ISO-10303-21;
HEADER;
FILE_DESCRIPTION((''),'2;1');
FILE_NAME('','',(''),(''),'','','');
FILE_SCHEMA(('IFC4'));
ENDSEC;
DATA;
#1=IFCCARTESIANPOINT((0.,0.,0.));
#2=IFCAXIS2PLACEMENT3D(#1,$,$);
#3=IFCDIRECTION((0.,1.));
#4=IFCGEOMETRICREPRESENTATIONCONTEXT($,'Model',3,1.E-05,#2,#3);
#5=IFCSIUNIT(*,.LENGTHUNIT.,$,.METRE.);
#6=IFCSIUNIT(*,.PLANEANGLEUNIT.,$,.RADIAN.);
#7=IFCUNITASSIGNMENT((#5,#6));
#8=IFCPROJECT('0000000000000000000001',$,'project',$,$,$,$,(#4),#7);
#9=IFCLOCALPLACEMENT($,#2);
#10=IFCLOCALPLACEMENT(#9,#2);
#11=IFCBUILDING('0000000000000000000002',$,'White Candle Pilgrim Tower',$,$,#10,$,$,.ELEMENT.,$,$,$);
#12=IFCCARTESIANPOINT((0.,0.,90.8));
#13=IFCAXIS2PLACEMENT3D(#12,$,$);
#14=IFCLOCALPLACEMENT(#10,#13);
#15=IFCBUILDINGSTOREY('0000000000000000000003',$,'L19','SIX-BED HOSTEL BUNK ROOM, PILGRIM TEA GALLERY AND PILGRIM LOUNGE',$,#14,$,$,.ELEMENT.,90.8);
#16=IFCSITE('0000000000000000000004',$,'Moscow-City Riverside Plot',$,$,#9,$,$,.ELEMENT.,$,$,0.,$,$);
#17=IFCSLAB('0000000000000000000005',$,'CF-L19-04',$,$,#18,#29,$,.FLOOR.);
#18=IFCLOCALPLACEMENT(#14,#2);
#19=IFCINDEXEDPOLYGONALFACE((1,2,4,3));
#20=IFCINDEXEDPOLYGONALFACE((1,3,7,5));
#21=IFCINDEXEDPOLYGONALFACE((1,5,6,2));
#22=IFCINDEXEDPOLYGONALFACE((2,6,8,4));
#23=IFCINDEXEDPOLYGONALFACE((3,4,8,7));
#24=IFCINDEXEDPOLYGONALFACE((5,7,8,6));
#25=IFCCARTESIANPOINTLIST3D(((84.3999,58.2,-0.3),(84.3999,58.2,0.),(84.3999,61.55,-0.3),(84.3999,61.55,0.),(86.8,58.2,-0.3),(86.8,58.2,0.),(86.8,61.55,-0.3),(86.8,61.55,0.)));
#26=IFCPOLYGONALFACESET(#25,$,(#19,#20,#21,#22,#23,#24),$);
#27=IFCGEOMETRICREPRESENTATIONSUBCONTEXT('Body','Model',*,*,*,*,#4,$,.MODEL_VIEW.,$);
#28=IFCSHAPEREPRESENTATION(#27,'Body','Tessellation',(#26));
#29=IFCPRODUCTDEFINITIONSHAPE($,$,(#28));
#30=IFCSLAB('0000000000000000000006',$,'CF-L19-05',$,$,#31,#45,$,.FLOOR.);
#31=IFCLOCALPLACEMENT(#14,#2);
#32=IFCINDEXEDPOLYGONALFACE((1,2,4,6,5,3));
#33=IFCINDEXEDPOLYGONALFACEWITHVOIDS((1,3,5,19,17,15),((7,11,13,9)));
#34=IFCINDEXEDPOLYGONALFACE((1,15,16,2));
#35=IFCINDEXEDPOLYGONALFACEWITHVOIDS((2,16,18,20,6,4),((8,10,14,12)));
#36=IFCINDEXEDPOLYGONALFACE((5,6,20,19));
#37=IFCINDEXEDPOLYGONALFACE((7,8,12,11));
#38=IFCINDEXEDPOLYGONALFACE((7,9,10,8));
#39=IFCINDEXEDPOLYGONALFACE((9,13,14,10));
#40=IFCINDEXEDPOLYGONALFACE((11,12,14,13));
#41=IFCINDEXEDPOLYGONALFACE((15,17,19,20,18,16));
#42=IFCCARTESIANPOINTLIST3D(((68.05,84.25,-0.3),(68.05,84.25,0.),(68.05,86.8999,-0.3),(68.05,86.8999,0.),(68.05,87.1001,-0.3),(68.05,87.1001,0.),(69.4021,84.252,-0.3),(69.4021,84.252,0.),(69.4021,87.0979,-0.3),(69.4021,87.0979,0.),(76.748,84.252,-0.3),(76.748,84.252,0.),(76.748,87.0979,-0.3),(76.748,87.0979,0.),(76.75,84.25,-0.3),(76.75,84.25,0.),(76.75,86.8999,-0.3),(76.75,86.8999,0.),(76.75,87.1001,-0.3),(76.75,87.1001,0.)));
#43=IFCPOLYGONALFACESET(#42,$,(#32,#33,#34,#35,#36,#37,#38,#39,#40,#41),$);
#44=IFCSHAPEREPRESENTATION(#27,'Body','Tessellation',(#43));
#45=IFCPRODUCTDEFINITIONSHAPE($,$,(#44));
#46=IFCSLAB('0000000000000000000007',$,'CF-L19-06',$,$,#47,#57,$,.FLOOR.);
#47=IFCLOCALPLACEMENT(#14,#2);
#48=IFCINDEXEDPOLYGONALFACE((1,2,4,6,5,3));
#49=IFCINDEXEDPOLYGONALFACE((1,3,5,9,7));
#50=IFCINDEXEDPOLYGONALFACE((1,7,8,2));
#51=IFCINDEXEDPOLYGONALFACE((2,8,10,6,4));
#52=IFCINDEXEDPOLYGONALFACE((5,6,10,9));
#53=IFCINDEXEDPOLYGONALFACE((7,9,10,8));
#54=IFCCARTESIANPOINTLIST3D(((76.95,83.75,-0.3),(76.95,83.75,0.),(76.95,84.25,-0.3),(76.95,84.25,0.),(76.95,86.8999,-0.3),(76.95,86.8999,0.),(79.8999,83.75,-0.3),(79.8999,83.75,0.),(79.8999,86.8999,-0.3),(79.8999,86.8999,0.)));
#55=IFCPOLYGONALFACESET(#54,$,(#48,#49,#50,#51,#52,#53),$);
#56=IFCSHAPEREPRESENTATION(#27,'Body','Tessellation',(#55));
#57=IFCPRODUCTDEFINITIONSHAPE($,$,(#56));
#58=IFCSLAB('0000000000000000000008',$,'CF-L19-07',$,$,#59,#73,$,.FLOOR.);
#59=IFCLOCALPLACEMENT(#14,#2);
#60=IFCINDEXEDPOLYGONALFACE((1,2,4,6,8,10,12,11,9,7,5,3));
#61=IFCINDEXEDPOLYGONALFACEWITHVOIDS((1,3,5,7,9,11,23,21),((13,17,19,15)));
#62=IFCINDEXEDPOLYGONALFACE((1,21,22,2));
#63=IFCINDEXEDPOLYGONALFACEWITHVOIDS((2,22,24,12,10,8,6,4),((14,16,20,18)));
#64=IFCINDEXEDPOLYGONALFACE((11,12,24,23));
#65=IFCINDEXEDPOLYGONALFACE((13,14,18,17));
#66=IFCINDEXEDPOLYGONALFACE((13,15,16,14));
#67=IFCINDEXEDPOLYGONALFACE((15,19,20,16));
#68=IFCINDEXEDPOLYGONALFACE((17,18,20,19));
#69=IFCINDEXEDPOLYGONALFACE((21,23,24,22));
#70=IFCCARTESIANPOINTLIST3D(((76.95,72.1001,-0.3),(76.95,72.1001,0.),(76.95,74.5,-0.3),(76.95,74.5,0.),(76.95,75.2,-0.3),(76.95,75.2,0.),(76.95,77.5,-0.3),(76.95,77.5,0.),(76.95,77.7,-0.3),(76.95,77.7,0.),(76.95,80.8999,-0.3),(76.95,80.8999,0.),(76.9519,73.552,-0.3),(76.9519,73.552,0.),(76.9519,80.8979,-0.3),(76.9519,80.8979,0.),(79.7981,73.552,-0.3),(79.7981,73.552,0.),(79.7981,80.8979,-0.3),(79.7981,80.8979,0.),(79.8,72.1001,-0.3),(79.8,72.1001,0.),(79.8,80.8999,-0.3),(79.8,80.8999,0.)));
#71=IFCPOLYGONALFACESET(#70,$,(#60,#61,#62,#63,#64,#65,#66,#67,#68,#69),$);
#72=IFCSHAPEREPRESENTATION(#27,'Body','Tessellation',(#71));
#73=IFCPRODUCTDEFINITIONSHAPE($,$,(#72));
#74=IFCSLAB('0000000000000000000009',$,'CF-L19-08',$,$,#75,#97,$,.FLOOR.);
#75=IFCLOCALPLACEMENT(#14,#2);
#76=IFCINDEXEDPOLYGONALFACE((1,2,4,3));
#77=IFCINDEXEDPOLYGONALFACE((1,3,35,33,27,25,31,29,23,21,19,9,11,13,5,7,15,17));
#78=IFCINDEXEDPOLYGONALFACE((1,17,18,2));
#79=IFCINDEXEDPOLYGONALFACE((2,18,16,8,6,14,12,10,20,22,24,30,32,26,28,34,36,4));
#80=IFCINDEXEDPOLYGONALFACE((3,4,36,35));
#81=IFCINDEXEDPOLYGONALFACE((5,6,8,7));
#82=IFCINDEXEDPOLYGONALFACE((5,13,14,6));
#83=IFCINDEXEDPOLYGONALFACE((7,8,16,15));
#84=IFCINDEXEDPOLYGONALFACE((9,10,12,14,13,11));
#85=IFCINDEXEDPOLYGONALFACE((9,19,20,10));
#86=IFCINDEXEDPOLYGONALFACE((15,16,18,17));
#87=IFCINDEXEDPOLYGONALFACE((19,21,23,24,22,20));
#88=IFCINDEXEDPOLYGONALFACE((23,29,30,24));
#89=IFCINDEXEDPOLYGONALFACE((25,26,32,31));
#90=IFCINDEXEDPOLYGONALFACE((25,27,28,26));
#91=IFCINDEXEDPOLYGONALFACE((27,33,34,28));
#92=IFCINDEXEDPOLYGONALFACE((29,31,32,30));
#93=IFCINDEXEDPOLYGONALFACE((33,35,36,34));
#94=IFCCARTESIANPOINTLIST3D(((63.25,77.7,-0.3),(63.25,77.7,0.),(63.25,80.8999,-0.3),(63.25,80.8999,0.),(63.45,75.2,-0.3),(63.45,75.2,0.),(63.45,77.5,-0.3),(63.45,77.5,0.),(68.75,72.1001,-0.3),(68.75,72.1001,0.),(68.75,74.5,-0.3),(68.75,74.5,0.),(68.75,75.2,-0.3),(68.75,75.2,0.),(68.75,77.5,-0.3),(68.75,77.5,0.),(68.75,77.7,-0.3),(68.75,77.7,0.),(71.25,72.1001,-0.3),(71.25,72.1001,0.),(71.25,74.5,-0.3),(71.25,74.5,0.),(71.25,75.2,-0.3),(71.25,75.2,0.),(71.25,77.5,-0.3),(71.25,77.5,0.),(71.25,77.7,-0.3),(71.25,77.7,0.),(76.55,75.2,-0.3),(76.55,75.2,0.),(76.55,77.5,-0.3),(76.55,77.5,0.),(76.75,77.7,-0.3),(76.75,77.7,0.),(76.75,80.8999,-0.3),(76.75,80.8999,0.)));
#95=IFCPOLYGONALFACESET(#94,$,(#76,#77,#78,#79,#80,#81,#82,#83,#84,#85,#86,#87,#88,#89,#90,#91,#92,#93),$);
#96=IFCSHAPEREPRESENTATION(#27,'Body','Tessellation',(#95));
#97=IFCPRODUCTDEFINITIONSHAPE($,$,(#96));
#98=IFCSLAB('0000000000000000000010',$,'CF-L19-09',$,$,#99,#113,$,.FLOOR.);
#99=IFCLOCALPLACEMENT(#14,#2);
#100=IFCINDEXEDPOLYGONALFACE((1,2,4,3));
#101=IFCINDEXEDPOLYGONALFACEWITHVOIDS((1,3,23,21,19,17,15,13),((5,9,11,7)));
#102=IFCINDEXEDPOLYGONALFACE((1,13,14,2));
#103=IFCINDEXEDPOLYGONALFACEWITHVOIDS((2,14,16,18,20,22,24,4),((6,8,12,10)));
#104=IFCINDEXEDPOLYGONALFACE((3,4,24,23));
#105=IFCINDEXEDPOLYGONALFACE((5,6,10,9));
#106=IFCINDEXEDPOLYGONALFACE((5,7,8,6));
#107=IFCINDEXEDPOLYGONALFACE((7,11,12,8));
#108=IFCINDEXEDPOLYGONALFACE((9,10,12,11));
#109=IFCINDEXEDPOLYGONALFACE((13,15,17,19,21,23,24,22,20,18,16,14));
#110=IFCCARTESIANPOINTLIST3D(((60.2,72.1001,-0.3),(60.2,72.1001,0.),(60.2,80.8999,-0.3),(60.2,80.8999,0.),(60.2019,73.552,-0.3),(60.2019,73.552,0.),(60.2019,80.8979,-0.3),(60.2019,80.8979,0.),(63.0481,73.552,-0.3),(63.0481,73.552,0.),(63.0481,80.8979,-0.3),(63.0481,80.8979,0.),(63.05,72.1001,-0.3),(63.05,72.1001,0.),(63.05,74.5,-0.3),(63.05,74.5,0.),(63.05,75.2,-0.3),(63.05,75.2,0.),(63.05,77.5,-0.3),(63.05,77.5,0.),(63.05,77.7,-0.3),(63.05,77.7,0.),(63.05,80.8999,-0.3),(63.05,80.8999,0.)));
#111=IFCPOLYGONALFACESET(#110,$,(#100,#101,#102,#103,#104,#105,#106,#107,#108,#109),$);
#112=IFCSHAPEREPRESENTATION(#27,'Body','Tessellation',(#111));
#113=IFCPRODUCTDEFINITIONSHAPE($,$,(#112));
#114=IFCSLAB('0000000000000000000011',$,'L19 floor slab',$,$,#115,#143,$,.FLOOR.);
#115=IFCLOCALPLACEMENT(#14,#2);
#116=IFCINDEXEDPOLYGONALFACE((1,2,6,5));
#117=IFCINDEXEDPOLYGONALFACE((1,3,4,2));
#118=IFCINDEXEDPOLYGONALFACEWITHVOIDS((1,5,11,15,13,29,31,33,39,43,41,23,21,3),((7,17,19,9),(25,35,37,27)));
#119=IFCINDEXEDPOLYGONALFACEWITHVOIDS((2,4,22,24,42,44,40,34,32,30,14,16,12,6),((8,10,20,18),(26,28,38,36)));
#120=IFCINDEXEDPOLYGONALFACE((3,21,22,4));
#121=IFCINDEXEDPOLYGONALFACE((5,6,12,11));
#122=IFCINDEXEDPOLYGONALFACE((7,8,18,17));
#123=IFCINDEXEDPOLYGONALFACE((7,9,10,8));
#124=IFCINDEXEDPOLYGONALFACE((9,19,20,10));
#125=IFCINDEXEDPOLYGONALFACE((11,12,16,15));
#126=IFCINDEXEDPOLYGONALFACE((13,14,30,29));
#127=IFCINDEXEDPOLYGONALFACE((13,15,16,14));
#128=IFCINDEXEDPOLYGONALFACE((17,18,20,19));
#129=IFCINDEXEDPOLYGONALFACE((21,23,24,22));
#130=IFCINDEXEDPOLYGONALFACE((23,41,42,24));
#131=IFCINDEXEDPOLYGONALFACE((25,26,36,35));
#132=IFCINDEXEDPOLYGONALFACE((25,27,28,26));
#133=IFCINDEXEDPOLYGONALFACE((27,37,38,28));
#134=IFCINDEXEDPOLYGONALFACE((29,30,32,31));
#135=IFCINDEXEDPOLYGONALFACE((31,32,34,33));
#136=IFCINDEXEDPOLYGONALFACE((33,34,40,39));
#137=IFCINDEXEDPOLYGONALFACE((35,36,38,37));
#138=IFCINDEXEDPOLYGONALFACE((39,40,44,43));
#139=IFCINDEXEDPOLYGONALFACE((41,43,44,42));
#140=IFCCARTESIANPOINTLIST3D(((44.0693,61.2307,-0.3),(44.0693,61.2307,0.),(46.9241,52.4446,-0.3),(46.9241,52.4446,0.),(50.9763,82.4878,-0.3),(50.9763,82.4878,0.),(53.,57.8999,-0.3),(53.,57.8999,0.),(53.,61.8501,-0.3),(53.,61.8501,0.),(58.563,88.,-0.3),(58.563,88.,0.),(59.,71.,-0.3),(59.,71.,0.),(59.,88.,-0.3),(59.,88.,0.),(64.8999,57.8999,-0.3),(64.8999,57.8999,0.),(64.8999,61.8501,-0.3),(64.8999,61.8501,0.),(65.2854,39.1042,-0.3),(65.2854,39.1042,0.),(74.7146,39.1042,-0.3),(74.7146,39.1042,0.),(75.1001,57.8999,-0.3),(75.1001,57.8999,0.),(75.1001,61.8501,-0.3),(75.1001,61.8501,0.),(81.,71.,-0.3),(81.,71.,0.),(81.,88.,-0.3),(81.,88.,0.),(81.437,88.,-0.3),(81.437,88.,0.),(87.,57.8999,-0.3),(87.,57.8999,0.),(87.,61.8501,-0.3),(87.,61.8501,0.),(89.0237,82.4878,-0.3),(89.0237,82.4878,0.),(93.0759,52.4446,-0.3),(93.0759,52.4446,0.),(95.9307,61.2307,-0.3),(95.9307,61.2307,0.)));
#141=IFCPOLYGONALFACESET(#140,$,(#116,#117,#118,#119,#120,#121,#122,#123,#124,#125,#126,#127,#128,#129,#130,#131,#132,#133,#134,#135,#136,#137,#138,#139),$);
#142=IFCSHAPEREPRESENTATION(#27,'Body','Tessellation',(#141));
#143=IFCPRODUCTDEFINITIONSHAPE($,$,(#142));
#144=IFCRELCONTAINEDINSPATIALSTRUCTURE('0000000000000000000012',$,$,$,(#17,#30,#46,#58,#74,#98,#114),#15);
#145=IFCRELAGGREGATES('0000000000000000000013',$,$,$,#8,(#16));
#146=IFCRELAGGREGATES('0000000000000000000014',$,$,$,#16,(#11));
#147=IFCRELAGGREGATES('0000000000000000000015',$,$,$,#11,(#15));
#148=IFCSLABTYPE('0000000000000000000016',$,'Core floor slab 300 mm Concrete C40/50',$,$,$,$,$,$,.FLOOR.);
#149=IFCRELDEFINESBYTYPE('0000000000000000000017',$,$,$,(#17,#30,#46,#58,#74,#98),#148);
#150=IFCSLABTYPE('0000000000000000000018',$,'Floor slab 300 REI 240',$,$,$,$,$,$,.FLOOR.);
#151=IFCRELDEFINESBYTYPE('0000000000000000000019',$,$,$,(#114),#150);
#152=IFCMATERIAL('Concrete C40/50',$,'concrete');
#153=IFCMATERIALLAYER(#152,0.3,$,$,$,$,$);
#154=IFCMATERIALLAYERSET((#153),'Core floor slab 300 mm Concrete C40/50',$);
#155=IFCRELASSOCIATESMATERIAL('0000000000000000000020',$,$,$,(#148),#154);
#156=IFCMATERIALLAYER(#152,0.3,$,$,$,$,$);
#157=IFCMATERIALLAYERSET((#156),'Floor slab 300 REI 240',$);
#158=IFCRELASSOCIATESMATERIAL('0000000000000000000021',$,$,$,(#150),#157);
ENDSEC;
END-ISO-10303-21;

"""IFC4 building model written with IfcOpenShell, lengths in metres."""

from ifc_helpers import new_model, si_unit, direction, frame, origin, place, context, subcontext, project, spatial, polyline, outline, extrude, material, layer, layer_set, type_object, element, save


model = new_model("IFC4")

# Units and contexts
model_context = context("Model", 3, precision=1e-05, world=origin(), true_north=direction((0.0, 1.0)))
body_context = subcontext(model_context, "Body", "Model", "MODEL_VIEW")
ifc_project = project(units=[si_unit("LENGTHUNIT", "METRE"), si_unit("PLANEANGLEUNIT", "RADIAN")], contexts=[model_context])

# Site, building, storey
site_placement = place(None, origin())
site = spatial("IfcSite", under=ifc_project, at=site_placement, Name="Moscow-City Riverside Plot", CompositionType="ELEMENT", RefElevation=0.0)
building_placement = place(site_placement, origin())
building = spatial("IfcBuilding", under=site, at=building_placement, Name="White Candle Pilgrim Tower", CompositionType="ELEMENT")
storey_placement = place(building_placement, frame((0.0, 0.0, 90.8)))
storey = spatial("IfcBuildingStorey", under=building, at=storey_placement, Name="L19", Description="SIX-BED HOSTEL BUNK ROOM, PILGRIM TEA GALLERY AND PILGRIM LOUNGE", CompositionType="ELEMENT", Elevation=90.8)

# Slabs
ifc_material_1 = material(Name="Concrete C40/50", Category="concrete")
ifc_layer_1 = layer(ifc_material_1, 0.3)
ifc_layer_set_1 = layer_set([ifc_layer_1], Name="Core floor slab 300 mm Concrete C40/50")
slab_type_1 = type_object("IfcSlabType", Name="Core floor slab 300 mm Concrete C40/50", PredefinedType="FLOOR", material=ifc_layer_set_1)
slab_1_placement = place(storey_placement, frame((0.0, 0.0, -0.3)))
element("IfcSlab", 1, at=slab_1_placement, inside=storey, type_object=slab_type_1, Name="CF-L19-04", PredefinedType="FLOOR", context=body_context, shape_type="SweptSolid", body=[
    extrude(outline(polyline([(86.8, 58.2), (84.3999, 58.2), (84.3999, 61.55), (86.8, 61.55), (86.8, 58.2)])), origin(), (0.0, 0.0, 1.0), 0.3),
])
slab_2_placement = place(storey_placement, frame((0.0, 0.0, -0.3)))
element("IfcSlab", 2, at=slab_2_placement, inside=storey, type_object=slab_type_1, Name="CF-L19-05", PredefinedType="FLOOR", context=body_context, shape_type="SweptSolid", body=[
    extrude(outline(polyline([(76.75, 87.1001), (76.75, 86.8999), (76.75, 84.25), (68.05, 84.25), (68.05, 86.8999), (68.05, 87.1001), (76.75, 87.1001)]), holes=[polyline([(69.4021, 87.0979), (69.4021, 84.252), (76.748, 84.252), (76.748, 87.0979), (69.4021, 87.0979)])]), origin(), (0.0, 0.0, 1.0), 0.3),
])
slab_3_placement = place(storey_placement, frame((0.0, 0.0, -0.3)))
element("IfcSlab", 3, at=slab_3_placement, inside=storey, type_object=slab_type_1, Name="CF-L19-06", PredefinedType="FLOOR", context=body_context, shape_type="SweptSolid", body=[
    extrude(outline(polyline([(79.8999, 86.8999), (79.8999, 83.75), (76.95, 83.75), (76.95, 84.25), (76.95, 86.8999), (79.8999, 86.8999)])), origin(), (0.0, 0.0, 1.0), 0.3),
])
slab_4_placement = place(storey_placement, frame((0.0, 0.0, -0.3)))
element("IfcSlab", 4, at=slab_4_placement, inside=storey, type_object=slab_type_1, Name="CF-L19-07", PredefinedType="FLOOR", context=body_context, shape_type="SweptSolid", body=[
    extrude(outline(polyline([(76.95, 72.1001), (76.95, 74.5), (76.95, 75.2), (76.95, 77.5), (76.95, 77.7), (76.95, 80.8999), (79.8, 80.8999), (79.8, 72.1001), (76.95, 72.1001)]), holes=[polyline([(76.9519, 73.552), (79.7981, 73.552), (79.7981, 80.8979), (76.9519, 80.8979), (76.9519, 73.552)])]), origin(), (0.0, 0.0, 1.0), 0.3),
])
slab_5_placement = place(storey_placement, frame((0.0, 0.0, -0.3)))
element("IfcSlab", 5, at=slab_5_placement, inside=storey, type_object=slab_type_1, Name="CF-L19-08", PredefinedType="FLOOR", context=body_context, shape_type="SweptSolid", body=[
    extrude(outline(polyline([(68.75, 72.1001), (68.75, 74.5), (68.75, 75.2), (63.45, 75.2), (63.45, 77.5), (68.75, 77.5), (68.75, 77.7), (63.25, 77.7), (63.25, 80.8999), (76.75, 80.8999), (76.75, 77.7), (71.25, 77.7), (71.25, 77.5), (76.55, 77.5), (76.55, 75.2), (71.25, 75.2), (71.25, 74.5), (71.25, 72.1001), (68.75, 72.1001)])), origin(), (0.0, 0.0, 1.0), 0.3),
])
slab_6_placement = place(storey_placement, frame((0.0, 0.0, -0.3)))
element("IfcSlab", 6, at=slab_6_placement, inside=storey, type_object=slab_type_1, Name="CF-L19-09", PredefinedType="FLOOR", context=body_context, shape_type="SweptSolid", body=[
    extrude(outline(polyline([(60.2, 72.1001), (60.2, 80.8999), (63.05, 80.8999), (63.05, 77.7), (63.05, 77.5), (63.05, 75.2), (63.05, 74.5), (63.05, 72.1001), (60.2, 72.1001)]), holes=[polyline([(60.2019, 73.552), (63.0481, 73.552), (63.0481, 80.8979), (60.2019, 80.8979), (60.2019, 73.552)])]), origin(), (0.0, 0.0, 1.0), 0.3),
])
ifc_layer_2 = layer(ifc_material_1, 0.3)
ifc_layer_set_2 = layer_set([ifc_layer_2], Name="Floor slab 300 REI 240")
slab_type_2 = type_object("IfcSlabType", Name="Floor slab 300 REI 240", PredefinedType="FLOOR", material=ifc_layer_set_2)
slab_7_placement = place(storey_placement, frame((0.0, 0.0, -0.3)))
element("IfcSlab", 7, at=slab_7_placement, inside=storey, type_object=slab_type_2, Name="L19 floor slab", PredefinedType="FLOOR", context=body_context, shape_type="SweptSolid", body=[
    extrude(outline(polyline([(65.2854, 39.1042), (74.7146, 39.1042), (93.0759, 52.4446), (95.9307, 61.2307), (89.0237, 82.4878), (81.437, 88.0), (81.0, 88.0), (81.0, 71.0), (59.0, 71.0), (59.0, 88.0), (58.563, 88.0), (50.9763, 82.4878), (44.0693, 61.2307), (46.9241, 52.4446), (65.2854, 39.1042)]), holes=[polyline([(53.0, 57.8999), (53.0, 61.8501), (64.8999, 61.8501), (64.8999, 57.8999), (53.0, 57.8999)]), polyline([(75.1001, 57.8999), (75.1001, 61.8501), (87.0, 61.8501), (87.0, 57.8999), (75.1001, 57.8999)])]), origin(), (0.0, 0.0, 1.0), 0.3),
])

save(model, "model.ifc")
